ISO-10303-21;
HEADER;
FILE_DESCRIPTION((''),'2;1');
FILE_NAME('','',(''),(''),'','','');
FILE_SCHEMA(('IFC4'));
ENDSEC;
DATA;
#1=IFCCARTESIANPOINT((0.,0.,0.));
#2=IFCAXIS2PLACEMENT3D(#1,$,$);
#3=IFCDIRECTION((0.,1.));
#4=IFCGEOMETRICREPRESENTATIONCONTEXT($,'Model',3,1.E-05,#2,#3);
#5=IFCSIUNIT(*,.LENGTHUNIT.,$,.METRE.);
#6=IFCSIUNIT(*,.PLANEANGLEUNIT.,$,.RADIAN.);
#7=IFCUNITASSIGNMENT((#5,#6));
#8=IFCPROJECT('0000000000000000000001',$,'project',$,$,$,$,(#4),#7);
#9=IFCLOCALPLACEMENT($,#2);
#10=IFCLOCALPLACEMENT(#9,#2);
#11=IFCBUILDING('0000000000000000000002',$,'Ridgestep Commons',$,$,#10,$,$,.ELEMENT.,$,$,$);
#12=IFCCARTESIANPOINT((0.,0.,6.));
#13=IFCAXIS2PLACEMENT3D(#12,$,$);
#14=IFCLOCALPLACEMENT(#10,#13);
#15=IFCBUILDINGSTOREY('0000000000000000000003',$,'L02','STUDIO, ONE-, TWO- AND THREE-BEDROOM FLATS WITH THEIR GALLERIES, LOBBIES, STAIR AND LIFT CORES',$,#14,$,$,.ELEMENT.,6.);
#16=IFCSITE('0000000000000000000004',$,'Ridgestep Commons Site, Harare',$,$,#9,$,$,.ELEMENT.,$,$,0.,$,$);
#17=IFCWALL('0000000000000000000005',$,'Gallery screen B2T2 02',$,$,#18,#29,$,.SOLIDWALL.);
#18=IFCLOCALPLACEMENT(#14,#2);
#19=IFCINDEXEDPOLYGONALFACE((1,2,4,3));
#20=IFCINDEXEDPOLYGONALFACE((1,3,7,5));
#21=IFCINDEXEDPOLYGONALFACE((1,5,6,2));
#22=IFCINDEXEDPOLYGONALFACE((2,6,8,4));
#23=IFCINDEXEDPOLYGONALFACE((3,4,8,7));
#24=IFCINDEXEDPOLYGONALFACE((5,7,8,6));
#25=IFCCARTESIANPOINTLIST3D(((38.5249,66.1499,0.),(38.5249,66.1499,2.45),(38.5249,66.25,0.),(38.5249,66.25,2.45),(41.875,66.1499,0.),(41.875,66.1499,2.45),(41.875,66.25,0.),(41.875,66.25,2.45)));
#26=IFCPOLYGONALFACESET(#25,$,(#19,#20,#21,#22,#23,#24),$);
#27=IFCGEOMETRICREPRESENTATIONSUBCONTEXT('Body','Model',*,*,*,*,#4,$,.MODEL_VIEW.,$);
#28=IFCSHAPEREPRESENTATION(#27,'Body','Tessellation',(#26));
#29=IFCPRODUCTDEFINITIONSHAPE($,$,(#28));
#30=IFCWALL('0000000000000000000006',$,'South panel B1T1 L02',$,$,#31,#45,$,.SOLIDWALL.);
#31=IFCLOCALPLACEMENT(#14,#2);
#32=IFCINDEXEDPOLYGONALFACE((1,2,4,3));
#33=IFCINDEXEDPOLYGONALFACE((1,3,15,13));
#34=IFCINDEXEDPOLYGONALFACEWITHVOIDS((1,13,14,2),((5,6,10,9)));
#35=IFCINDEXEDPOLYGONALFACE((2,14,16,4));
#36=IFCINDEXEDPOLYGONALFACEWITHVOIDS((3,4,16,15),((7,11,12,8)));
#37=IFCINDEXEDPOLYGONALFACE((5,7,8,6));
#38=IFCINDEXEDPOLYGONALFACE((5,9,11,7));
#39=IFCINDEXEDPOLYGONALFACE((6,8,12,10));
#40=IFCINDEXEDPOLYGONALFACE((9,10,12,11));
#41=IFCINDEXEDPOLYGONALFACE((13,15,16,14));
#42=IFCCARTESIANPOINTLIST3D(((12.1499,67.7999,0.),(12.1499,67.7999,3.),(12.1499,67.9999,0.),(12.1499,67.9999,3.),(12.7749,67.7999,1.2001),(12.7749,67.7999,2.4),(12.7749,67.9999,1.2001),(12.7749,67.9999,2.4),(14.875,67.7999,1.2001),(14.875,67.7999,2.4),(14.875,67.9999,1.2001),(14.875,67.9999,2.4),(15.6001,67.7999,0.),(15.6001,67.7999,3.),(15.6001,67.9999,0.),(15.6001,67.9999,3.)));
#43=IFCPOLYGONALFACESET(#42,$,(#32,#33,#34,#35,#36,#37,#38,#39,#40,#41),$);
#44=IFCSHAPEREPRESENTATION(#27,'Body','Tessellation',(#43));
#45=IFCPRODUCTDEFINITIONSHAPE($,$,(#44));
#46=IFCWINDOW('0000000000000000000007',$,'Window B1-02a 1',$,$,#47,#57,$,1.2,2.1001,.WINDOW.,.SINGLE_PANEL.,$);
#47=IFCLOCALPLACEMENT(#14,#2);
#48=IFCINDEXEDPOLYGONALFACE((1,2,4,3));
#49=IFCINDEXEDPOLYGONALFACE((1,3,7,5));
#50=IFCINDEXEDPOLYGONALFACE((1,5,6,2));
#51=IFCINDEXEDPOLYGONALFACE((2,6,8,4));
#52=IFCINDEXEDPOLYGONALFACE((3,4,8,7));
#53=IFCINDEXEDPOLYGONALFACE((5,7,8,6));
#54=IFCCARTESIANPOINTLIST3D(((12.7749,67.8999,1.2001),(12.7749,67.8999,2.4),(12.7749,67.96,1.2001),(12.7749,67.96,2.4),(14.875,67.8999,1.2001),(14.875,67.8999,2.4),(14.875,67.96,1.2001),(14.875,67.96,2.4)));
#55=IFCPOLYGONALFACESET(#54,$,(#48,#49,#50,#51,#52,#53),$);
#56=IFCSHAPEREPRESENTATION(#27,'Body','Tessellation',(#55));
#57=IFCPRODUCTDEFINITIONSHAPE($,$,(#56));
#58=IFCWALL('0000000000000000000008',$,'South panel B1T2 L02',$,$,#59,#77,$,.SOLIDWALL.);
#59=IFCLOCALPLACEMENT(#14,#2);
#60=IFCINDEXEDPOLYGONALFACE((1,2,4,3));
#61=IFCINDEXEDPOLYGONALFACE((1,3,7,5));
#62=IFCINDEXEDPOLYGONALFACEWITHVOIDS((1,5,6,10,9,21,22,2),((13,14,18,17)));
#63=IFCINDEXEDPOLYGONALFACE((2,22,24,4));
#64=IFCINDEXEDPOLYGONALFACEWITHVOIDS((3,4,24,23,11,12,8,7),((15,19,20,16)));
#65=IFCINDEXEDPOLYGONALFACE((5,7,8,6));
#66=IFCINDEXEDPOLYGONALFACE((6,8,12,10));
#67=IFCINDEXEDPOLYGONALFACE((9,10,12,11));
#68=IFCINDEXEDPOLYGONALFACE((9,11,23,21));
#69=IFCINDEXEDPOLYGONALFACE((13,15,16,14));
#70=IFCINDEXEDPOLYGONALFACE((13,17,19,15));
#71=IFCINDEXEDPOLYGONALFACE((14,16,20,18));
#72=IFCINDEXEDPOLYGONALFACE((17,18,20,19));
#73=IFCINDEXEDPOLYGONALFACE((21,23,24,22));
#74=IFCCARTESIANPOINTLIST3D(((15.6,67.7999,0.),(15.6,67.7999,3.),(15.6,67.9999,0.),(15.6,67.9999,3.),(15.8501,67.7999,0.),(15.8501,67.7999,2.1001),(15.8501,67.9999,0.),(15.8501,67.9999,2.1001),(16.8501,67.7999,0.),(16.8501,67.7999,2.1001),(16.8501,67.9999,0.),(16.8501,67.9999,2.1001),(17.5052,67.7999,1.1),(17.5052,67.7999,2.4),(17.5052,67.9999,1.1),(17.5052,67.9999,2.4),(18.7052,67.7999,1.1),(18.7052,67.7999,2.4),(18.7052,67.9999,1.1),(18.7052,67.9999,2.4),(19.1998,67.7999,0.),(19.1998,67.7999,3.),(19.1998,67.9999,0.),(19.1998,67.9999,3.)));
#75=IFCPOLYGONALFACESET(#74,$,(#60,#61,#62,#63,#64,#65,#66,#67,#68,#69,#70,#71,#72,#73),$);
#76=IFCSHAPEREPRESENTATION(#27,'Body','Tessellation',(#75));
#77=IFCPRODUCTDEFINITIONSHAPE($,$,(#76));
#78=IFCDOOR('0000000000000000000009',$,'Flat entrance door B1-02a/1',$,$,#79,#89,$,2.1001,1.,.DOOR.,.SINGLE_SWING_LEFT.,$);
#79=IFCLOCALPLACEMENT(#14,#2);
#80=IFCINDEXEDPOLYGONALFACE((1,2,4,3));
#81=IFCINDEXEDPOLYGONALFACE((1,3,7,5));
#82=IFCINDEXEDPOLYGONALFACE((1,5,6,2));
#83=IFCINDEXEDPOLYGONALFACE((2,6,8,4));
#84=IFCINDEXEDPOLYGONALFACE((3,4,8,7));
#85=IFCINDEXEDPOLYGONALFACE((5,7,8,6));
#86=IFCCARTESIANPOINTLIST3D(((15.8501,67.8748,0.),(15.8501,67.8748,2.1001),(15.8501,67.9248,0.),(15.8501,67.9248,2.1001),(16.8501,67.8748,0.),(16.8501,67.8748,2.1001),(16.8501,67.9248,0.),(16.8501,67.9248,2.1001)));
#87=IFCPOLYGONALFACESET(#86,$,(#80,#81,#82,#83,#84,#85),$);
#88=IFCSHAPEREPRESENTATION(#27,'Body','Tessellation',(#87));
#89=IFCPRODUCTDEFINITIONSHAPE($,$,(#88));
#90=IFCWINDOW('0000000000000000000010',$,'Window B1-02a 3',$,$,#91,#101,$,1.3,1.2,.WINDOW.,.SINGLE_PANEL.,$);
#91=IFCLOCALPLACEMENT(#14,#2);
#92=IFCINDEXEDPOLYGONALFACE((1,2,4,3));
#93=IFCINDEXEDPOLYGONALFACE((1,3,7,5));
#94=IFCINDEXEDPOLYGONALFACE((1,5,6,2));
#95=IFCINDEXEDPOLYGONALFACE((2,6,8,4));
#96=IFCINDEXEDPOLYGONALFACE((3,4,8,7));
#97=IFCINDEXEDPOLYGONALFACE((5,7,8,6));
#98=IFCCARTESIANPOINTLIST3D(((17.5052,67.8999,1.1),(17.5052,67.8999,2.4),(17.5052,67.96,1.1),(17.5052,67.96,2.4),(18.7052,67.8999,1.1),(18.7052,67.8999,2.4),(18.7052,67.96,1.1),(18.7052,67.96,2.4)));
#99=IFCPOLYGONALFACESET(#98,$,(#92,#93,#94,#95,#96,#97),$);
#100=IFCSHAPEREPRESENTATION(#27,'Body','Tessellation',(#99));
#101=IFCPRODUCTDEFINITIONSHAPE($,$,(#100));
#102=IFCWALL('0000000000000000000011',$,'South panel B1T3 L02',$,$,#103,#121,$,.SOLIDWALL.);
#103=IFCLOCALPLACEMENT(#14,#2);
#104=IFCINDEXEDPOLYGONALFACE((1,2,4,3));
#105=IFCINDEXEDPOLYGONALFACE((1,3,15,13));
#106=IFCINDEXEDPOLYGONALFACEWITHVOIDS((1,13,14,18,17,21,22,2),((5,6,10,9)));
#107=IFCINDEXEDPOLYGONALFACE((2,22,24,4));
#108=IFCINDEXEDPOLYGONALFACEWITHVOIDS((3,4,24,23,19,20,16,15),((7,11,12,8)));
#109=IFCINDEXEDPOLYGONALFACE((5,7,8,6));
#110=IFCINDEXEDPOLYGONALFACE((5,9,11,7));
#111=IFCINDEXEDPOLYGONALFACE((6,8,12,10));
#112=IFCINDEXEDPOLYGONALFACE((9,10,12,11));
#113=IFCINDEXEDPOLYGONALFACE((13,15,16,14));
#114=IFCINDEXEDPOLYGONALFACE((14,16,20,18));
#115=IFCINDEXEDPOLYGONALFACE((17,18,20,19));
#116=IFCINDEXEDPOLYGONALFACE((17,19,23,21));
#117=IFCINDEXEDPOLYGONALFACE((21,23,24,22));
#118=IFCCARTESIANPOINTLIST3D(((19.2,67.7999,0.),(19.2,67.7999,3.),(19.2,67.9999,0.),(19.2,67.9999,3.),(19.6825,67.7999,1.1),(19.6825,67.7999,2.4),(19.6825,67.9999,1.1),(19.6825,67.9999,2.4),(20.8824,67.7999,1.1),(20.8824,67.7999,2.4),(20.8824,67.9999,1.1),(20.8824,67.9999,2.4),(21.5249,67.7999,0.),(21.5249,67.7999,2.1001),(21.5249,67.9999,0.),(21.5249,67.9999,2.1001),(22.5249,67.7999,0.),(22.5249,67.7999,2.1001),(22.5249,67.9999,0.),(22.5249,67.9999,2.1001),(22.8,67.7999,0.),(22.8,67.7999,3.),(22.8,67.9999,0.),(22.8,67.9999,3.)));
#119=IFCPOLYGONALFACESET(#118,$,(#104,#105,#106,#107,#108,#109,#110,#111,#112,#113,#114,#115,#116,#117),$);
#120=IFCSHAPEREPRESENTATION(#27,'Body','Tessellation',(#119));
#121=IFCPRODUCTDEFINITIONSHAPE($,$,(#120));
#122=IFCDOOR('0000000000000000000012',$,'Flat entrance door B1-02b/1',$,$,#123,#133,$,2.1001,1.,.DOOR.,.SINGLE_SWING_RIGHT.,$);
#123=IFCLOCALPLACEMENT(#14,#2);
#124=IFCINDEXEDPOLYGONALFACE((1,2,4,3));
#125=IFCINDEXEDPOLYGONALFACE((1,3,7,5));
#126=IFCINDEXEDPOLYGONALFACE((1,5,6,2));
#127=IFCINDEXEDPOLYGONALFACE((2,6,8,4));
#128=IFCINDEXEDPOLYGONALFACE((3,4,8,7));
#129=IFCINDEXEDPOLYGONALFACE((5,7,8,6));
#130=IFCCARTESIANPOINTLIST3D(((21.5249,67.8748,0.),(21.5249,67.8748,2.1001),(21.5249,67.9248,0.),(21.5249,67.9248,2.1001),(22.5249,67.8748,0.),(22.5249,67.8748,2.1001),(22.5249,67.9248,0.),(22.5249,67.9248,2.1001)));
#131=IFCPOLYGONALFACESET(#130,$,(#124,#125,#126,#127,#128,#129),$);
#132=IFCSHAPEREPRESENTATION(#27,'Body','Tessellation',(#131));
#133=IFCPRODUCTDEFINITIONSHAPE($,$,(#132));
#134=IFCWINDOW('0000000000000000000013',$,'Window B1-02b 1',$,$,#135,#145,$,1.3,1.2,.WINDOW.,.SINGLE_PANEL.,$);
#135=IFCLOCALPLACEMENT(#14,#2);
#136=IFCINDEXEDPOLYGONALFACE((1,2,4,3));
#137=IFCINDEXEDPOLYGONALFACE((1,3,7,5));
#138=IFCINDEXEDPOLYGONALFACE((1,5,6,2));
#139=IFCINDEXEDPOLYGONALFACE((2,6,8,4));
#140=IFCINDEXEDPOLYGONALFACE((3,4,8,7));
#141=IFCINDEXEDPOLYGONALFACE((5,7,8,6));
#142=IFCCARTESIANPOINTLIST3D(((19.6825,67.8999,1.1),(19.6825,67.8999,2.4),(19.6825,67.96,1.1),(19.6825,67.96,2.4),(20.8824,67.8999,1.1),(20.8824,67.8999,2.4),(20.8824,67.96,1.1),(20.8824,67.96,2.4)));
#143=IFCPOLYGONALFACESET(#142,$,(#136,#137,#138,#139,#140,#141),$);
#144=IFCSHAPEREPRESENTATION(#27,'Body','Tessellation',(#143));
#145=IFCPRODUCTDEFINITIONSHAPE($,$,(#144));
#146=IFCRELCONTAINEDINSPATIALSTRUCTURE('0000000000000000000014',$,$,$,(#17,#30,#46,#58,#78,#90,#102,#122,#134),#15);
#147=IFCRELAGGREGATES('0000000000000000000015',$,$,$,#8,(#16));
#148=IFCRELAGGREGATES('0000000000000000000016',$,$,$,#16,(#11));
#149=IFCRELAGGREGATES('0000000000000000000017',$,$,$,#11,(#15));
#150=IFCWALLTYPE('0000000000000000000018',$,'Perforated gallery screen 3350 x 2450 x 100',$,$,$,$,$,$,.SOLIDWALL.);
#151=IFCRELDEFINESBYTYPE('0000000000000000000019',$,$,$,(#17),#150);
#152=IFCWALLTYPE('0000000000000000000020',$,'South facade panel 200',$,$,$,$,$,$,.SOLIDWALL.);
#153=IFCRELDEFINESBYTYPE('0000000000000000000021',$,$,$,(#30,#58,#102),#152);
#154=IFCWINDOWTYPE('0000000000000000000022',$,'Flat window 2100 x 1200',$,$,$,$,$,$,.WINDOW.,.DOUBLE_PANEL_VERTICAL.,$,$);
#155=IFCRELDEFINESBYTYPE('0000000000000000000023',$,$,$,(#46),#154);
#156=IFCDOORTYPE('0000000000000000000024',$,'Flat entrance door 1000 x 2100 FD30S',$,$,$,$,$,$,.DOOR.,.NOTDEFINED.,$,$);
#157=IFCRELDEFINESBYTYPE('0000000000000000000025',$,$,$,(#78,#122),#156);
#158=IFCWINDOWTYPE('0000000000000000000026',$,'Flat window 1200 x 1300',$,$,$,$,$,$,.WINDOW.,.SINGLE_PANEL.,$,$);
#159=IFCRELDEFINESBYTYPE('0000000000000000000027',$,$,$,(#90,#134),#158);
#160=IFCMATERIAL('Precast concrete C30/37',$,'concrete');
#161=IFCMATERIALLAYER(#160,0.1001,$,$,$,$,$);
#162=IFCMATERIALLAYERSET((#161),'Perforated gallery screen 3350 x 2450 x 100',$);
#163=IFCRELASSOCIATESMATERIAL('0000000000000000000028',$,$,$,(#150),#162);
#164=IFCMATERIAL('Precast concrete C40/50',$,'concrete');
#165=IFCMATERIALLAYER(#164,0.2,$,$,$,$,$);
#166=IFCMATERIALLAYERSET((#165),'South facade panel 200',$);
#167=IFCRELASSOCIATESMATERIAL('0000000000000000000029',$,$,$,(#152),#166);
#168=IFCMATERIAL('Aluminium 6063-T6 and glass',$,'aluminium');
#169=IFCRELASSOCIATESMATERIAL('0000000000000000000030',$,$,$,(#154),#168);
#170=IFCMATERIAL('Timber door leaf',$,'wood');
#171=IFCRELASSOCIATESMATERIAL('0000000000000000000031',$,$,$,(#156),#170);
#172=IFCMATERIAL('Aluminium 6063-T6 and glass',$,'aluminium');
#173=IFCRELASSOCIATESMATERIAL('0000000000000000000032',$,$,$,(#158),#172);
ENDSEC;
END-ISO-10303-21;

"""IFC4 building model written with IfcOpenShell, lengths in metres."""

from ifc_helpers import new_model, si_unit, direction, frame, frame_2d, origin, place, context, subcontext, project, spatial, rectangle, extrude, material, layer, layer_set, type_object, element, fill, save


model = new_model("IFC4")

# Units and contexts
model_context = context("Model", 3, precision=1e-05, world=origin(), true_north=direction((0.0, 1.0)))
body_context = subcontext(model_context, "Body", "Model", "MODEL_VIEW")
ifc_project = project(units=[si_unit("LENGTHUNIT", "METRE"), si_unit("PLANEANGLEUNIT", "RADIAN")], contexts=[model_context])

# Site, building, storey
site_placement = place(None, origin())
site = spatial("IfcSite", under=ifc_project, at=site_placement, Name="Ridgestep Commons Site, Harare", CompositionType="ELEMENT", RefElevation=0.0)
building_placement = place(site_placement, origin())
building = spatial("IfcBuilding", under=site, at=building_placement, Name="Ridgestep Commons", CompositionType="ELEMENT")
storey_placement = place(building_placement, frame((0.0, 0.0, 6.0)))
storey = spatial("IfcBuildingStorey", under=building, at=storey_placement, Name="L02", Description="STUDIO, ONE-, TWO- AND THREE-BEDROOM FLATS WITH THEIR GALLERIES, LOBBIES, STAIR AND LIFT CORES", CompositionType="ELEMENT", Elevation=6.0)

# Wall
ifc_material_1 = material(Name="Precast concrete C30/37", Category="concrete")
ifc_layer_1 = layer(ifc_material_1, 0.1001)
ifc_layer_set_1 = layer_set([ifc_layer_1], Name="Perforated gallery screen 3350 x 2450 x 100")
wall_type_1 = type_object("IfcWallType", Name="Perforated gallery screen 3350 x 2450 x 100", PredefinedType="SOLIDWALL", material=ifc_layer_set_1)
for number, where, z_axis, x_axis, name in (
    (1, (38.5249, 66.2, 0.0), (0.0, 0.0, 1.0), (1.0, 0.0, 0.0), "Gallery screen B2T2 02"),
):
    element("IfcWall", number, at=place(storey_placement, frame(where, z_axis=z_axis, x_axis=x_axis)), inside=storey, type_object=wall_type_1, Name=name, PredefinedType="SOLIDWALL", context=body_context, shape_type="SweptSolid", body=[
        extrude(rectangle(XDim=3.3501, YDim=0.1001, at=frame_2d((1.675, 0.0))), origin(), (0.0, 0.0, 1.0), 2.45),
    ])

# Wall, opening, window
ifc_material_2 = material(Name="Precast concrete C40/50", Category="concrete")
ifc_layer_2 = layer(ifc_material_2, 0.2)
ifc_layer_set_2 = layer_set([ifc_layer_2], Name="South facade panel 200")
wall_type_2 = type_object("IfcWallType", Name="South facade panel 200", PredefinedType="SOLIDWALL", material=ifc_layer_set_2)
wall_1_placement = place(storey_placement, frame((12.1499, 67.8999, 0.0), z_axis=(0.0, 0.0, 1.0), x_axis=(1.0, 0.0, 0.0)))
wall_1 = element("IfcWall", 2, at=wall_1_placement, inside=storey, type_object=wall_type_2, Name="South panel B1T1 L02", PredefinedType="SOLIDWALL", context=body_context, shape_type="SweptSolid", body=[
    extrude(rectangle(XDim=3.4502, YDim=0.2, at=frame_2d((1.7251, 0.0))), origin(), (0.0, 0.0, 1.0), 3.0),
])
opening_1_placement = place(wall_1_placement, frame((0.625, 0.0, 1.2)))
opening_1 = element("IfcOpeningElement", 3, at=opening_1_placement, cuts=wall_1, PredefinedType="OPENING", context=body_context, shape_type="SweptSolid", body=[
    extrude(rectangle(XDim=2.1001, YDim=1.2, at=frame_2d((1.05, 0.6001))), frame((0.0, 0.1099, 0.0), z_axis=(0.0, -1.0, 0.0), x_axis=(1.0, 0.0, 0.0)), (0.0, 0.0, 1.0), 0.22),
])
ifc_material_3 = material(Name="Aluminium 6063-T6 and glass", Category="aluminium")
window_type_1 = type_object("IfcWindowType", Name="Flat window 2100 x 1200", PartitioningType="DOUBLE_PANEL_VERTICAL", PredefinedType="WINDOW", material=ifc_material_3)
window_1_placement = place(opening_1_placement, origin())
window_1 = element("IfcWindow", 4, at=window_1_placement, inside=storey, type_object=window_type_1, Name="Window B1-02a 1", OverallHeight=1.2, OverallWidth=2.1001, PartitioningType="SINGLE_PANEL", PredefinedType="WINDOW", context=body_context, shape_type="SweptSolid", body=[
    extrude(rectangle(XDim=2.1001, YDim=1.2, at=frame_2d((1.05, 0.6001))), frame((0.0, 0.0601, 0.0), z_axis=(0.0, -1.0, 0.0), x_axis=(1.0, 0.0, 0.0)), (0.0, 0.0, 1.0), 0.0601),
])
fill(opening_1, window_1)

# Walls, openings, doors, windows
wall_2_placement = place(storey_placement, frame((15.6001, 67.8999, 0.0), z_axis=(0.0, 0.0, 1.0), x_axis=(1.0, 0.0, 0.0)))
wall_2 = element("IfcWall", 5, at=wall_2_placement, inside=storey, type_object=wall_type_2, Name="South panel B1T2 L02", PredefinedType="SOLIDWALL", context=body_context, shape_type="SweptSolid", body=[
    extrude(rectangle(XDim=3.5999, YDim=0.2, at=frame_2d((1.7998, 0.0))), origin(), (0.0, 0.0, 1.0), 3.0),
])
opening_2_placement = place(wall_2_placement, frame((1.905, 0.0, 1.1001)))
opening_2 = element("IfcOpeningElement", 6, at=opening_2_placement, cuts=wall_2, PredefinedType="OPENING", context=body_context, shape_type="SweptSolid", body=[
    extrude(rectangle(XDim=1.2, YDim=1.3, at=frame_2d((0.6001, 0.6499))), frame((0.0, 0.1099, 0.0), z_axis=(0.0, -1.0, 0.0), x_axis=(1.0, 0.0, 0.0)), (0.0, 0.0, 1.0), 0.22),
])
opening_3_placement = place(wall_2_placement, frame((0.25, 0.0, 0.0)))
opening_3 = element("IfcOpeningElement", 7, at=opening_3_placement, cuts=wall_2, PredefinedType="OPENING", context=body_context, shape_type="SweptSolid", body=[
    extrude(rectangle(XDim=1.0, YDim=2.1001, at=frame_2d((0.5, 1.05))), frame((0.0, 0.1099, 0.0), z_axis=(0.0, -1.0, 0.0), x_axis=(1.0, 0.0, 0.0)), (0.0, 0.0, 1.0), 0.22),
])
ifc_material_4 = material(Name="Timber door leaf", Category="wood")
door_type_1 = type_object("IfcDoorType", Name="Flat entrance door 1000 x 2100 FD30S", OperationType="NOTDEFINED", PredefinedType="DOOR", material=ifc_material_4)
door_1_placement = place(opening_3_placement, origin())
door_1 = element("IfcDoor", 8, at=door_1_placement, inside=storey, type_object=door_type_1, Name="Flat entrance door B1-02a/1", OperationType="SINGLE_SWING_LEFT", OverallHeight=2.1001, OverallWidth=1.0, PredefinedType="DOOR", context=body_context, shape_type="SweptSolid", body=[
    extrude(rectangle(XDim=1.0, YDim=2.1001, at=frame_2d((0.5, 1.05))), frame((0.0, 0.0249, 0.0), z_axis=(0.0, -1.0, 0.0), x_axis=(1.0, 0.0, 0.0)), (0.0, 0.0, 1.0), 0.05),
])
fill(opening_3, door_1)
ifc_material_5 = material(Name="Aluminium 6063-T6 and glass", Category="aluminium")
window_type_2 = type_object("IfcWindowType", Name="Flat window 1200 x 1300", PartitioningType="SINGLE_PANEL", PredefinedType="WINDOW", material=ifc_material_5)
window_2_placement = place(opening_2_placement, origin())
window_2 = element("IfcWindow", 9, at=window_2_placement, inside=storey, type_object=window_type_2, Name="Window B1-02a 3", OverallHeight=1.3, OverallWidth=1.2, PartitioningType="SINGLE_PANEL", PredefinedType="WINDOW", context=body_context, shape_type="SweptSolid", body=[
    extrude(rectangle(XDim=1.2, YDim=1.3, at=frame_2d((0.6001, 0.6499))), frame((0.0, 0.0601, 0.0), z_axis=(0.0, -1.0, 0.0), x_axis=(1.0, 0.0, 0.0)), (0.0, 0.0, 1.0), 0.0601),
])
fill(opening_2, window_2)
wall_3_placement = place(storey_placement, frame((19.2, 67.8999, 0.0), z_axis=(0.0, 0.0, 1.0), x_axis=(1.0, 0.0, 0.0)))
wall_3 = element("IfcWall", 10, at=wall_3_placement, inside=storey, type_object=wall_type_2, Name="South panel B1T3 L02", PredefinedType="SOLIDWALL", context=body_context, shape_type="SweptSolid", body=[
    extrude(rectangle(XDim=3.6001, YDim=0.2, at=frame_2d((1.8, 0.0))), origin(), (0.0, 0.0, 1.0), 3.0),
])
opening_4_placement = place(wall_3_placement, frame((0.4824, 0.0, 1.1001)))
opening_4 = element("IfcOpeningElement", 11, at=opening_4_placement, cuts=wall_3, PredefinedType="OPENING", context=body_context, shape_type="SweptSolid", body=[
    extrude(rectangle(XDim=1.2, YDim=1.3, at=frame_2d((0.6001, 0.6499))), frame((0.0, 0.1099, 0.0), z_axis=(0.0, -1.0, 0.0), x_axis=(1.0, 0.0, 0.0)), (0.0, 0.0, 1.0), 0.22),
])
opening_5_placement = place(wall_3_placement, frame((2.325, 0.0, 0.0)))
opening_5 = element("IfcOpeningElement", 12, at=opening_5_placement, cuts=wall_3, PredefinedType="OPENING", context=body_context, shape_type="SweptSolid", body=[
    extrude(rectangle(XDim=1.0, YDim=2.1001, at=frame_2d((0.5, 1.05))), frame((0.0, 0.1099, 0.0), z_axis=(0.0, -1.0, 0.0), x_axis=(1.0, 0.0, 0.0)), (0.0, 0.0, 1.0), 0.22),
])
door_2_placement = place(opening_5_placement, origin())
door_2 = element("IfcDoor", 13, at=door_2_placement, inside=storey, type_object=door_type_1, Name="Flat entrance door B1-02b/1", OperationType="SINGLE_SWING_RIGHT", OverallHeight=2.1001, OverallWidth=1.0, PredefinedType="DOOR", context=body_context, shape_type="SweptSolid", body=[
    extrude(rectangle(XDim=1.0, YDim=2.1001, at=frame_2d((0.5, 1.05))), frame((0.0, 0.0249, 0.0), z_axis=(0.0, -1.0, 0.0), x_axis=(1.0, 0.0, 0.0)), (0.0, 0.0, 1.0), 0.05),
])
fill(opening_5, door_2)
window_3_placement = place(opening_4_placement, origin())
window_3 = element("IfcWindow", 14, at=window_3_placement, inside=storey, type_object=window_type_2, Name="Window B1-02b 1", OverallHeight=1.3, OverallWidth=1.2, PartitioningType="SINGLE_PANEL", PredefinedType="WINDOW", context=body_context, shape_type="SweptSolid", body=[
    extrude(rectangle(XDim=1.2, YDim=1.3, at=frame_2d((0.6001, 0.6499))), frame((0.0, 0.0601, 0.0), z_axis=(0.0, -1.0, 0.0), x_axis=(1.0, 0.0, 0.0)), (0.0, 0.0, 1.0), 0.0601),
])
fill(opening_4, window_3)

save(model, "model.ifc")
